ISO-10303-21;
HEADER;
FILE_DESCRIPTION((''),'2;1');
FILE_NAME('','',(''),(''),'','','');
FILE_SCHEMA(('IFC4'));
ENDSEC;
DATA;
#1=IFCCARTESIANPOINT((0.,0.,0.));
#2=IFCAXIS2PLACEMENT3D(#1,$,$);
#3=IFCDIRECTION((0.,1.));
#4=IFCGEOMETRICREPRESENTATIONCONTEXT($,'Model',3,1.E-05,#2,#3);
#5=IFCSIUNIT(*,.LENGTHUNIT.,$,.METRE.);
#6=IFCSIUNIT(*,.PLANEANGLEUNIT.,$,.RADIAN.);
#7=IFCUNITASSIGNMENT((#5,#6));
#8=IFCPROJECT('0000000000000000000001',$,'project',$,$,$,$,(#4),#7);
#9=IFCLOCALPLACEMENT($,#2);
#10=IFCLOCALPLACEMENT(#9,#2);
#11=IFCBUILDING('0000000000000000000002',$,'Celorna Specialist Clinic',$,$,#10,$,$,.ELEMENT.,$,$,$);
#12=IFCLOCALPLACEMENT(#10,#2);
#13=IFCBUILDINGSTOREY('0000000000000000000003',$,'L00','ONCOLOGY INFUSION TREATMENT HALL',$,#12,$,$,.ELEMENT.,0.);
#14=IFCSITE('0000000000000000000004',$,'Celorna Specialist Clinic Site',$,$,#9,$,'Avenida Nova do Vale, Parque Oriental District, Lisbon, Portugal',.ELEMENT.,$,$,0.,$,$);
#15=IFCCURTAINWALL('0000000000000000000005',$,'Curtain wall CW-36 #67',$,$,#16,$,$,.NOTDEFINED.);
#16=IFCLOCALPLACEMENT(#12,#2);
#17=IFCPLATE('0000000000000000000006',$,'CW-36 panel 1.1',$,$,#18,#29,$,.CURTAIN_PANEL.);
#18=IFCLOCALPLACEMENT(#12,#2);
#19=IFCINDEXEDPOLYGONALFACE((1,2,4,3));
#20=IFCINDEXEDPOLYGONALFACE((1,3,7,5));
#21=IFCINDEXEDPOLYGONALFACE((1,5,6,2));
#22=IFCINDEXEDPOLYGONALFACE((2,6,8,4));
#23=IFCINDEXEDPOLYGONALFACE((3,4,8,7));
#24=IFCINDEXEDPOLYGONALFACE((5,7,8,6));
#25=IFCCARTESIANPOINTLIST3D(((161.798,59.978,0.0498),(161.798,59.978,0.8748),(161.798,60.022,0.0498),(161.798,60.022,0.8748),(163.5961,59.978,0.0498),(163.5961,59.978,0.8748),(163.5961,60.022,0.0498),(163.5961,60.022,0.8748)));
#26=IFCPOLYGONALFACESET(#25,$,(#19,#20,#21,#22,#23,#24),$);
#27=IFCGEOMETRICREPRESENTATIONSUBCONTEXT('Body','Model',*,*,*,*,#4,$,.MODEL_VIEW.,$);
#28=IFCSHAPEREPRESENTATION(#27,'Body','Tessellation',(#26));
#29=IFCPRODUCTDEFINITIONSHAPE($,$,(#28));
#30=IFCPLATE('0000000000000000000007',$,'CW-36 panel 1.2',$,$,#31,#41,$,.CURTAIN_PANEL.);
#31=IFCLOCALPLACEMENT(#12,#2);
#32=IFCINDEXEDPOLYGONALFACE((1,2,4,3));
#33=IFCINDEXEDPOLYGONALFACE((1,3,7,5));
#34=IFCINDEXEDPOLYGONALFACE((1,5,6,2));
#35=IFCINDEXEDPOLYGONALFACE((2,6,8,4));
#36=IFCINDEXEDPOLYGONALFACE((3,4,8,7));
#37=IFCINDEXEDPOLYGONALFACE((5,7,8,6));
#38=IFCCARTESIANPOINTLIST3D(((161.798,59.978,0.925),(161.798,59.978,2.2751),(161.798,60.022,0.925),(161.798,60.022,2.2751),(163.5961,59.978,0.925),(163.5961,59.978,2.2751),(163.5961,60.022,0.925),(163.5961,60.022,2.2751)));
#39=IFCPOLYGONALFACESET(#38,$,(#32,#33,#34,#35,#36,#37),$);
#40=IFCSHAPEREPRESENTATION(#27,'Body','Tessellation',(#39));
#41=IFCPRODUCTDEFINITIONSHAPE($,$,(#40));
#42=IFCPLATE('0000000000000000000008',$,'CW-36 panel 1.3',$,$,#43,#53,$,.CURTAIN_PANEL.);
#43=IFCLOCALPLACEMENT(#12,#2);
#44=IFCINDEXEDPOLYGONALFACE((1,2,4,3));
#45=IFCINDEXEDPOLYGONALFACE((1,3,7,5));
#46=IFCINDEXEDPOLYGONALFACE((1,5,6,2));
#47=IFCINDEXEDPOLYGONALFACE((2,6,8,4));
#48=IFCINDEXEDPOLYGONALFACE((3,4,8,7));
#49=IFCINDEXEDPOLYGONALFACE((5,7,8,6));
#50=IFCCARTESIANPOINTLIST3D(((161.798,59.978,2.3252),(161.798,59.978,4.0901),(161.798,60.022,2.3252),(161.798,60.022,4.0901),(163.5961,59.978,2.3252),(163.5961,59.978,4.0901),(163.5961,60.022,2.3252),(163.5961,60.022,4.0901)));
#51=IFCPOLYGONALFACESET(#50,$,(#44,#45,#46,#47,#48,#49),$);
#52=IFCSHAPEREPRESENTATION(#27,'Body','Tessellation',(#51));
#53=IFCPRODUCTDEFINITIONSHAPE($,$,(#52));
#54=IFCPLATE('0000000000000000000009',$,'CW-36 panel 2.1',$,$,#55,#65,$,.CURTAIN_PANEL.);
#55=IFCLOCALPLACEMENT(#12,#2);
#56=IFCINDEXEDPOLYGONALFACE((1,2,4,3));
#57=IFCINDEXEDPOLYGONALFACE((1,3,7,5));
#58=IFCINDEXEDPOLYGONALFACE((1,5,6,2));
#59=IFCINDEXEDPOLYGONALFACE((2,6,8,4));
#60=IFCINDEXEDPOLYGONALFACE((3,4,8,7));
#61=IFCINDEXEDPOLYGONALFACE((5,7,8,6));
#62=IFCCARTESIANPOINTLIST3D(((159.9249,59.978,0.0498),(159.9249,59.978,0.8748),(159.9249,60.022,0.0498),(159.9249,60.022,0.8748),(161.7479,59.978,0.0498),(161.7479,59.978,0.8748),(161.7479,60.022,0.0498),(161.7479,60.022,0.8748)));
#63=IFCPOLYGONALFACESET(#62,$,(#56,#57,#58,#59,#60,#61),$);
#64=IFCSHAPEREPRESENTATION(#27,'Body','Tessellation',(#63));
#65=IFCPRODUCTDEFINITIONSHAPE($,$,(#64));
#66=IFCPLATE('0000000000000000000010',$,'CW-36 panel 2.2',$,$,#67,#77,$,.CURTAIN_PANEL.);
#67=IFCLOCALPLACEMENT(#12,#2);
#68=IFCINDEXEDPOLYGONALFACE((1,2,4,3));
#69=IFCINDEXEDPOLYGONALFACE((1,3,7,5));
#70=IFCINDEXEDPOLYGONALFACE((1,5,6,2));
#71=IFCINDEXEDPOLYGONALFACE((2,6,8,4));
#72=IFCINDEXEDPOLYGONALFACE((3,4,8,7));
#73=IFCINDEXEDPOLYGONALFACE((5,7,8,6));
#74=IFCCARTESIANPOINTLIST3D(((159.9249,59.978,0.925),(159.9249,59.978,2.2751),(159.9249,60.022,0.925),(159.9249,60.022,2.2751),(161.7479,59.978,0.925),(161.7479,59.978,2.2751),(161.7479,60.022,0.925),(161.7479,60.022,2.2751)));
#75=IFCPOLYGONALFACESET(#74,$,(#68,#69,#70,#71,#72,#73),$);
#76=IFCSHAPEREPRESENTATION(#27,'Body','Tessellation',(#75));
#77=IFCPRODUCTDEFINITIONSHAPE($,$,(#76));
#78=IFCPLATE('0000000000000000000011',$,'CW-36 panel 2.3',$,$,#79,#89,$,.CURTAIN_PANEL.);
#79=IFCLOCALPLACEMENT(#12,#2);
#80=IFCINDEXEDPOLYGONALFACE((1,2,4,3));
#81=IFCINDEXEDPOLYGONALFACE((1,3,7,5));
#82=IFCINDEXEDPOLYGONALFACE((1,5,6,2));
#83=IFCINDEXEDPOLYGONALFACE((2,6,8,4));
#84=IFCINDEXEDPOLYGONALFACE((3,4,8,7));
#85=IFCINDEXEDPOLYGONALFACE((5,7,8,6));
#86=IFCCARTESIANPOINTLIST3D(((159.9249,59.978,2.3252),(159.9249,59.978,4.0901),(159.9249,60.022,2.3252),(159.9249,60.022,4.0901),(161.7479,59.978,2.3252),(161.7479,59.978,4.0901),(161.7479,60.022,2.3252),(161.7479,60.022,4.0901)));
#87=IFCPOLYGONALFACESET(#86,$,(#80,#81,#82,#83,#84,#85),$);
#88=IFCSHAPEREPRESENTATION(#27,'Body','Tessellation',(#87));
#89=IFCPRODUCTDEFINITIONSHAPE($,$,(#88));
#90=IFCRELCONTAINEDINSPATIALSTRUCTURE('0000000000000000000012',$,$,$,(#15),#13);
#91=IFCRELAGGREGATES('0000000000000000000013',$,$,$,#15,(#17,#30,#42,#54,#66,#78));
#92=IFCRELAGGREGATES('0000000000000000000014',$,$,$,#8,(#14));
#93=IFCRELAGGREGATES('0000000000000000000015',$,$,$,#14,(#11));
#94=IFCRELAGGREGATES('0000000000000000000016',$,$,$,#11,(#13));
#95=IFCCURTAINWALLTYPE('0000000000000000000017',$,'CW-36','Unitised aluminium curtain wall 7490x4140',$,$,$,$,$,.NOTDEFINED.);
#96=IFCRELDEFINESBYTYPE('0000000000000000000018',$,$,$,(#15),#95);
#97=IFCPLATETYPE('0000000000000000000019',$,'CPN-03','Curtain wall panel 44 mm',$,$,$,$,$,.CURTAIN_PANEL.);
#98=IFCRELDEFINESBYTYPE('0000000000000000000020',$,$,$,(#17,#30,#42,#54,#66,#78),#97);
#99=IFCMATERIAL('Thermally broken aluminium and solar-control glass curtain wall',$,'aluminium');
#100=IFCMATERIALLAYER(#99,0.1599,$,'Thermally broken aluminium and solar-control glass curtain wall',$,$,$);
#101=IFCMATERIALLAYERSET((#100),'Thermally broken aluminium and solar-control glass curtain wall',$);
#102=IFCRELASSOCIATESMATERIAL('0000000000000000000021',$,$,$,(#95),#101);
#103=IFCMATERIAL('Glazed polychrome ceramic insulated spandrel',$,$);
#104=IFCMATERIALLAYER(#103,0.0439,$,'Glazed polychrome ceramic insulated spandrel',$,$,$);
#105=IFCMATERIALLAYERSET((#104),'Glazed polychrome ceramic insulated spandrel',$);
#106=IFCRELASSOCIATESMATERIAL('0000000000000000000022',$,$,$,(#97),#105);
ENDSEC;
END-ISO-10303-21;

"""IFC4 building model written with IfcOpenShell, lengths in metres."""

from ifc_helpers import new_model, si_unit, direction, frame, origin, origin_2d, place, context, subcontext, project, spatial, rectangle, extrude, material, layer, layer_set, type_object, element, aggregate, save


model = new_model("IFC4")

# Units and contexts
model_context = context("Model", 3, precision=1e-05, world=origin(), true_north=direction((0.0, 1.0)))
body_context = subcontext(model_context, "Body", "Model", "MODEL_VIEW")
ifc_project = project(units=[si_unit("LENGTHUNIT", "METRE"), si_unit("PLANEANGLEUNIT", "RADIAN")], contexts=[model_context])

# Site, building, storey
site_placement = place(None, origin())
site = spatial("IfcSite", under=ifc_project, at=site_placement, Name="Celorna Specialist Clinic Site", LongName="Avenida Nova do Vale, Parque Oriental District, Lisbon, Portugal", CompositionType="ELEMENT", RefElevation=0.0)
building_placement = place(site_placement, origin())
building = spatial("IfcBuilding", under=site, at=building_placement, Name="Celorna Specialist Clinic", CompositionType="ELEMENT")
storey_placement = place(building_placement, origin())
storey = spatial("IfcBuildingStorey", under=building, at=storey_placement, Name="L00", Description="ONCOLOGY INFUSION TREATMENT HALL", CompositionType="ELEMENT", Elevation=0.0)

# Curtain wall
ifc_material_1 = material(Name="Thermally broken aluminium and solar-control glass curtain wall", Category="aluminium")
ifc_layer_1 = layer(ifc_material_1, 0.1599, Name="Thermally broken aluminium and solar-control glass curtain wall")
ifc_layer_set_1 = layer_set([ifc_layer_1], Name="Thermally broken aluminium and solar-control glass curtain wall")
curtain_wall_type_1 = type_object("IfcCurtainWallType", Name="CW-36", Description="Unitised aluminium curtain wall 7490x4140", PredefinedType="NOTDEFINED", material=ifc_layer_set_1)
curtain_wall_1_placement = place(storey_placement, origin())
curtain_wall_1 = element("IfcCurtainWall", 1, at=curtain_wall_1_placement, inside=storey, type_object=curtain_wall_type_1, Name="Curtain wall CW-36 #67", PredefinedType="NOTDEFINED")

# Plates
ifc_material_2 = material(Name="Glazed polychrome ceramic insulated spandrel")
ifc_layer_2 = layer(ifc_material_2, 0.0439, Name="Glazed polychrome ceramic insulated spandrel")
ifc_layer_set_2 = layer_set([ifc_layer_2], Name="Glazed polychrome ceramic insulated spandrel")
plate_type_1 = type_object("IfcPlateType", Name="CPN-03", Description="Curtain wall panel 44 mm", PredefinedType="CURTAIN_PANEL", material=ifc_layer_set_2)
plate_1_placement = place(storey_placement, frame((162.697, 60.0, 0.0498), z_axis=(0.0, 0.0, 1.0), x_axis=(-1.0, 0.0, 0.0)))
plate_1 = element("IfcPlate", 2, at=plate_1_placement, type_object=plate_type_1, Name="CW-36 panel 1.1", PredefinedType="CURTAIN_PANEL", context=body_context, shape_type="SweptSolid", body=[
    extrude(rectangle(XDim=1.7981, YDim=0.0439, at=origin_2d()), origin(), (0.0, 0.0, 1.0), 0.825),
])
plate_2_placement = place(storey_placement, frame((162.697, 60.0, 0.925), z_axis=(0.0, 0.0, 1.0), x_axis=(-1.0, 0.0, 0.0)))
plate_2 = element("IfcPlate", 3, at=plate_2_placement, type_object=plate_type_1, Name="CW-36 panel 1.2", PredefinedType="CURTAIN_PANEL", context=body_context, shape_type="SweptSolid", body=[
    extrude(rectangle(XDim=1.7981, YDim=0.0439, at=origin_2d()), origin(), (0.0, 0.0, 1.0), 1.3501),
])
plate_3_placement = place(storey_placement, frame((162.697, 60.0, 2.3252), z_axis=(0.0, 0.0, 1.0), x_axis=(-1.0, 0.0, 0.0)))
plate_3 = element("IfcPlate", 4, at=plate_3_placement, type_object=plate_type_1, Name="CW-36 panel 1.3", PredefinedType="CURTAIN_PANEL", context=body_context, shape_type="SweptSolid", body=[
    extrude(rectangle(XDim=1.7981, YDim=0.0439, at=origin_2d()), origin(), (0.0, 0.0, 1.0), 1.7649),
])
plate_4_placement = place(storey_placement, frame((160.8364, 60.0, 0.0498), z_axis=(0.0, 0.0, 1.0), x_axis=(-1.0, 0.0, 0.0)))
plate_4 = element("IfcPlate", 5, at=plate_4_placement, type_object=plate_type_1, Name="CW-36 panel 2.1", PredefinedType="CURTAIN_PANEL", context=body_context, shape_type="SweptSolid", body=[
    extrude(rectangle(XDim=1.823, YDim=0.0439, at=origin_2d()), origin(), (0.0, 0.0, 1.0), 0.825),
])
plate_5_placement = place(storey_placement, frame((160.8364, 60.0, 0.925), z_axis=(0.0, 0.0, 1.0), x_axis=(-1.0, 0.0, 0.0)))
plate_5 = element("IfcPlate", 6, at=plate_5_placement, type_object=plate_type_1, Name="CW-36 panel 2.2", PredefinedType="CURTAIN_PANEL", context=body_context, shape_type="SweptSolid", body=[
    extrude(rectangle(XDim=1.823, YDim=0.0439, at=origin_2d()), origin(), (0.0, 0.0, 1.0), 1.3501),
])
plate_6_placement = place(storey_placement, frame((160.8364, 60.0, 2.3252), z_axis=(0.0, 0.0, 1.0), x_axis=(-1.0, 0.0, 0.0)))
plate_6 = element("IfcPlate", 7, at=plate_6_placement, type_object=plate_type_1, Name="CW-36 panel 2.3", PredefinedType="CURTAIN_PANEL", context=body_context, shape_type="SweptSolid", body=[
    extrude(rectangle(XDim=1.823, YDim=0.0439, at=origin_2d()), origin(), (0.0, 0.0, 1.0), 1.7649),
])
aggregate(curtain_wall_1, [plate_1, plate_2, plate_3, plate_4, plate_5, plate_6])

save(model, "model.ifc")
